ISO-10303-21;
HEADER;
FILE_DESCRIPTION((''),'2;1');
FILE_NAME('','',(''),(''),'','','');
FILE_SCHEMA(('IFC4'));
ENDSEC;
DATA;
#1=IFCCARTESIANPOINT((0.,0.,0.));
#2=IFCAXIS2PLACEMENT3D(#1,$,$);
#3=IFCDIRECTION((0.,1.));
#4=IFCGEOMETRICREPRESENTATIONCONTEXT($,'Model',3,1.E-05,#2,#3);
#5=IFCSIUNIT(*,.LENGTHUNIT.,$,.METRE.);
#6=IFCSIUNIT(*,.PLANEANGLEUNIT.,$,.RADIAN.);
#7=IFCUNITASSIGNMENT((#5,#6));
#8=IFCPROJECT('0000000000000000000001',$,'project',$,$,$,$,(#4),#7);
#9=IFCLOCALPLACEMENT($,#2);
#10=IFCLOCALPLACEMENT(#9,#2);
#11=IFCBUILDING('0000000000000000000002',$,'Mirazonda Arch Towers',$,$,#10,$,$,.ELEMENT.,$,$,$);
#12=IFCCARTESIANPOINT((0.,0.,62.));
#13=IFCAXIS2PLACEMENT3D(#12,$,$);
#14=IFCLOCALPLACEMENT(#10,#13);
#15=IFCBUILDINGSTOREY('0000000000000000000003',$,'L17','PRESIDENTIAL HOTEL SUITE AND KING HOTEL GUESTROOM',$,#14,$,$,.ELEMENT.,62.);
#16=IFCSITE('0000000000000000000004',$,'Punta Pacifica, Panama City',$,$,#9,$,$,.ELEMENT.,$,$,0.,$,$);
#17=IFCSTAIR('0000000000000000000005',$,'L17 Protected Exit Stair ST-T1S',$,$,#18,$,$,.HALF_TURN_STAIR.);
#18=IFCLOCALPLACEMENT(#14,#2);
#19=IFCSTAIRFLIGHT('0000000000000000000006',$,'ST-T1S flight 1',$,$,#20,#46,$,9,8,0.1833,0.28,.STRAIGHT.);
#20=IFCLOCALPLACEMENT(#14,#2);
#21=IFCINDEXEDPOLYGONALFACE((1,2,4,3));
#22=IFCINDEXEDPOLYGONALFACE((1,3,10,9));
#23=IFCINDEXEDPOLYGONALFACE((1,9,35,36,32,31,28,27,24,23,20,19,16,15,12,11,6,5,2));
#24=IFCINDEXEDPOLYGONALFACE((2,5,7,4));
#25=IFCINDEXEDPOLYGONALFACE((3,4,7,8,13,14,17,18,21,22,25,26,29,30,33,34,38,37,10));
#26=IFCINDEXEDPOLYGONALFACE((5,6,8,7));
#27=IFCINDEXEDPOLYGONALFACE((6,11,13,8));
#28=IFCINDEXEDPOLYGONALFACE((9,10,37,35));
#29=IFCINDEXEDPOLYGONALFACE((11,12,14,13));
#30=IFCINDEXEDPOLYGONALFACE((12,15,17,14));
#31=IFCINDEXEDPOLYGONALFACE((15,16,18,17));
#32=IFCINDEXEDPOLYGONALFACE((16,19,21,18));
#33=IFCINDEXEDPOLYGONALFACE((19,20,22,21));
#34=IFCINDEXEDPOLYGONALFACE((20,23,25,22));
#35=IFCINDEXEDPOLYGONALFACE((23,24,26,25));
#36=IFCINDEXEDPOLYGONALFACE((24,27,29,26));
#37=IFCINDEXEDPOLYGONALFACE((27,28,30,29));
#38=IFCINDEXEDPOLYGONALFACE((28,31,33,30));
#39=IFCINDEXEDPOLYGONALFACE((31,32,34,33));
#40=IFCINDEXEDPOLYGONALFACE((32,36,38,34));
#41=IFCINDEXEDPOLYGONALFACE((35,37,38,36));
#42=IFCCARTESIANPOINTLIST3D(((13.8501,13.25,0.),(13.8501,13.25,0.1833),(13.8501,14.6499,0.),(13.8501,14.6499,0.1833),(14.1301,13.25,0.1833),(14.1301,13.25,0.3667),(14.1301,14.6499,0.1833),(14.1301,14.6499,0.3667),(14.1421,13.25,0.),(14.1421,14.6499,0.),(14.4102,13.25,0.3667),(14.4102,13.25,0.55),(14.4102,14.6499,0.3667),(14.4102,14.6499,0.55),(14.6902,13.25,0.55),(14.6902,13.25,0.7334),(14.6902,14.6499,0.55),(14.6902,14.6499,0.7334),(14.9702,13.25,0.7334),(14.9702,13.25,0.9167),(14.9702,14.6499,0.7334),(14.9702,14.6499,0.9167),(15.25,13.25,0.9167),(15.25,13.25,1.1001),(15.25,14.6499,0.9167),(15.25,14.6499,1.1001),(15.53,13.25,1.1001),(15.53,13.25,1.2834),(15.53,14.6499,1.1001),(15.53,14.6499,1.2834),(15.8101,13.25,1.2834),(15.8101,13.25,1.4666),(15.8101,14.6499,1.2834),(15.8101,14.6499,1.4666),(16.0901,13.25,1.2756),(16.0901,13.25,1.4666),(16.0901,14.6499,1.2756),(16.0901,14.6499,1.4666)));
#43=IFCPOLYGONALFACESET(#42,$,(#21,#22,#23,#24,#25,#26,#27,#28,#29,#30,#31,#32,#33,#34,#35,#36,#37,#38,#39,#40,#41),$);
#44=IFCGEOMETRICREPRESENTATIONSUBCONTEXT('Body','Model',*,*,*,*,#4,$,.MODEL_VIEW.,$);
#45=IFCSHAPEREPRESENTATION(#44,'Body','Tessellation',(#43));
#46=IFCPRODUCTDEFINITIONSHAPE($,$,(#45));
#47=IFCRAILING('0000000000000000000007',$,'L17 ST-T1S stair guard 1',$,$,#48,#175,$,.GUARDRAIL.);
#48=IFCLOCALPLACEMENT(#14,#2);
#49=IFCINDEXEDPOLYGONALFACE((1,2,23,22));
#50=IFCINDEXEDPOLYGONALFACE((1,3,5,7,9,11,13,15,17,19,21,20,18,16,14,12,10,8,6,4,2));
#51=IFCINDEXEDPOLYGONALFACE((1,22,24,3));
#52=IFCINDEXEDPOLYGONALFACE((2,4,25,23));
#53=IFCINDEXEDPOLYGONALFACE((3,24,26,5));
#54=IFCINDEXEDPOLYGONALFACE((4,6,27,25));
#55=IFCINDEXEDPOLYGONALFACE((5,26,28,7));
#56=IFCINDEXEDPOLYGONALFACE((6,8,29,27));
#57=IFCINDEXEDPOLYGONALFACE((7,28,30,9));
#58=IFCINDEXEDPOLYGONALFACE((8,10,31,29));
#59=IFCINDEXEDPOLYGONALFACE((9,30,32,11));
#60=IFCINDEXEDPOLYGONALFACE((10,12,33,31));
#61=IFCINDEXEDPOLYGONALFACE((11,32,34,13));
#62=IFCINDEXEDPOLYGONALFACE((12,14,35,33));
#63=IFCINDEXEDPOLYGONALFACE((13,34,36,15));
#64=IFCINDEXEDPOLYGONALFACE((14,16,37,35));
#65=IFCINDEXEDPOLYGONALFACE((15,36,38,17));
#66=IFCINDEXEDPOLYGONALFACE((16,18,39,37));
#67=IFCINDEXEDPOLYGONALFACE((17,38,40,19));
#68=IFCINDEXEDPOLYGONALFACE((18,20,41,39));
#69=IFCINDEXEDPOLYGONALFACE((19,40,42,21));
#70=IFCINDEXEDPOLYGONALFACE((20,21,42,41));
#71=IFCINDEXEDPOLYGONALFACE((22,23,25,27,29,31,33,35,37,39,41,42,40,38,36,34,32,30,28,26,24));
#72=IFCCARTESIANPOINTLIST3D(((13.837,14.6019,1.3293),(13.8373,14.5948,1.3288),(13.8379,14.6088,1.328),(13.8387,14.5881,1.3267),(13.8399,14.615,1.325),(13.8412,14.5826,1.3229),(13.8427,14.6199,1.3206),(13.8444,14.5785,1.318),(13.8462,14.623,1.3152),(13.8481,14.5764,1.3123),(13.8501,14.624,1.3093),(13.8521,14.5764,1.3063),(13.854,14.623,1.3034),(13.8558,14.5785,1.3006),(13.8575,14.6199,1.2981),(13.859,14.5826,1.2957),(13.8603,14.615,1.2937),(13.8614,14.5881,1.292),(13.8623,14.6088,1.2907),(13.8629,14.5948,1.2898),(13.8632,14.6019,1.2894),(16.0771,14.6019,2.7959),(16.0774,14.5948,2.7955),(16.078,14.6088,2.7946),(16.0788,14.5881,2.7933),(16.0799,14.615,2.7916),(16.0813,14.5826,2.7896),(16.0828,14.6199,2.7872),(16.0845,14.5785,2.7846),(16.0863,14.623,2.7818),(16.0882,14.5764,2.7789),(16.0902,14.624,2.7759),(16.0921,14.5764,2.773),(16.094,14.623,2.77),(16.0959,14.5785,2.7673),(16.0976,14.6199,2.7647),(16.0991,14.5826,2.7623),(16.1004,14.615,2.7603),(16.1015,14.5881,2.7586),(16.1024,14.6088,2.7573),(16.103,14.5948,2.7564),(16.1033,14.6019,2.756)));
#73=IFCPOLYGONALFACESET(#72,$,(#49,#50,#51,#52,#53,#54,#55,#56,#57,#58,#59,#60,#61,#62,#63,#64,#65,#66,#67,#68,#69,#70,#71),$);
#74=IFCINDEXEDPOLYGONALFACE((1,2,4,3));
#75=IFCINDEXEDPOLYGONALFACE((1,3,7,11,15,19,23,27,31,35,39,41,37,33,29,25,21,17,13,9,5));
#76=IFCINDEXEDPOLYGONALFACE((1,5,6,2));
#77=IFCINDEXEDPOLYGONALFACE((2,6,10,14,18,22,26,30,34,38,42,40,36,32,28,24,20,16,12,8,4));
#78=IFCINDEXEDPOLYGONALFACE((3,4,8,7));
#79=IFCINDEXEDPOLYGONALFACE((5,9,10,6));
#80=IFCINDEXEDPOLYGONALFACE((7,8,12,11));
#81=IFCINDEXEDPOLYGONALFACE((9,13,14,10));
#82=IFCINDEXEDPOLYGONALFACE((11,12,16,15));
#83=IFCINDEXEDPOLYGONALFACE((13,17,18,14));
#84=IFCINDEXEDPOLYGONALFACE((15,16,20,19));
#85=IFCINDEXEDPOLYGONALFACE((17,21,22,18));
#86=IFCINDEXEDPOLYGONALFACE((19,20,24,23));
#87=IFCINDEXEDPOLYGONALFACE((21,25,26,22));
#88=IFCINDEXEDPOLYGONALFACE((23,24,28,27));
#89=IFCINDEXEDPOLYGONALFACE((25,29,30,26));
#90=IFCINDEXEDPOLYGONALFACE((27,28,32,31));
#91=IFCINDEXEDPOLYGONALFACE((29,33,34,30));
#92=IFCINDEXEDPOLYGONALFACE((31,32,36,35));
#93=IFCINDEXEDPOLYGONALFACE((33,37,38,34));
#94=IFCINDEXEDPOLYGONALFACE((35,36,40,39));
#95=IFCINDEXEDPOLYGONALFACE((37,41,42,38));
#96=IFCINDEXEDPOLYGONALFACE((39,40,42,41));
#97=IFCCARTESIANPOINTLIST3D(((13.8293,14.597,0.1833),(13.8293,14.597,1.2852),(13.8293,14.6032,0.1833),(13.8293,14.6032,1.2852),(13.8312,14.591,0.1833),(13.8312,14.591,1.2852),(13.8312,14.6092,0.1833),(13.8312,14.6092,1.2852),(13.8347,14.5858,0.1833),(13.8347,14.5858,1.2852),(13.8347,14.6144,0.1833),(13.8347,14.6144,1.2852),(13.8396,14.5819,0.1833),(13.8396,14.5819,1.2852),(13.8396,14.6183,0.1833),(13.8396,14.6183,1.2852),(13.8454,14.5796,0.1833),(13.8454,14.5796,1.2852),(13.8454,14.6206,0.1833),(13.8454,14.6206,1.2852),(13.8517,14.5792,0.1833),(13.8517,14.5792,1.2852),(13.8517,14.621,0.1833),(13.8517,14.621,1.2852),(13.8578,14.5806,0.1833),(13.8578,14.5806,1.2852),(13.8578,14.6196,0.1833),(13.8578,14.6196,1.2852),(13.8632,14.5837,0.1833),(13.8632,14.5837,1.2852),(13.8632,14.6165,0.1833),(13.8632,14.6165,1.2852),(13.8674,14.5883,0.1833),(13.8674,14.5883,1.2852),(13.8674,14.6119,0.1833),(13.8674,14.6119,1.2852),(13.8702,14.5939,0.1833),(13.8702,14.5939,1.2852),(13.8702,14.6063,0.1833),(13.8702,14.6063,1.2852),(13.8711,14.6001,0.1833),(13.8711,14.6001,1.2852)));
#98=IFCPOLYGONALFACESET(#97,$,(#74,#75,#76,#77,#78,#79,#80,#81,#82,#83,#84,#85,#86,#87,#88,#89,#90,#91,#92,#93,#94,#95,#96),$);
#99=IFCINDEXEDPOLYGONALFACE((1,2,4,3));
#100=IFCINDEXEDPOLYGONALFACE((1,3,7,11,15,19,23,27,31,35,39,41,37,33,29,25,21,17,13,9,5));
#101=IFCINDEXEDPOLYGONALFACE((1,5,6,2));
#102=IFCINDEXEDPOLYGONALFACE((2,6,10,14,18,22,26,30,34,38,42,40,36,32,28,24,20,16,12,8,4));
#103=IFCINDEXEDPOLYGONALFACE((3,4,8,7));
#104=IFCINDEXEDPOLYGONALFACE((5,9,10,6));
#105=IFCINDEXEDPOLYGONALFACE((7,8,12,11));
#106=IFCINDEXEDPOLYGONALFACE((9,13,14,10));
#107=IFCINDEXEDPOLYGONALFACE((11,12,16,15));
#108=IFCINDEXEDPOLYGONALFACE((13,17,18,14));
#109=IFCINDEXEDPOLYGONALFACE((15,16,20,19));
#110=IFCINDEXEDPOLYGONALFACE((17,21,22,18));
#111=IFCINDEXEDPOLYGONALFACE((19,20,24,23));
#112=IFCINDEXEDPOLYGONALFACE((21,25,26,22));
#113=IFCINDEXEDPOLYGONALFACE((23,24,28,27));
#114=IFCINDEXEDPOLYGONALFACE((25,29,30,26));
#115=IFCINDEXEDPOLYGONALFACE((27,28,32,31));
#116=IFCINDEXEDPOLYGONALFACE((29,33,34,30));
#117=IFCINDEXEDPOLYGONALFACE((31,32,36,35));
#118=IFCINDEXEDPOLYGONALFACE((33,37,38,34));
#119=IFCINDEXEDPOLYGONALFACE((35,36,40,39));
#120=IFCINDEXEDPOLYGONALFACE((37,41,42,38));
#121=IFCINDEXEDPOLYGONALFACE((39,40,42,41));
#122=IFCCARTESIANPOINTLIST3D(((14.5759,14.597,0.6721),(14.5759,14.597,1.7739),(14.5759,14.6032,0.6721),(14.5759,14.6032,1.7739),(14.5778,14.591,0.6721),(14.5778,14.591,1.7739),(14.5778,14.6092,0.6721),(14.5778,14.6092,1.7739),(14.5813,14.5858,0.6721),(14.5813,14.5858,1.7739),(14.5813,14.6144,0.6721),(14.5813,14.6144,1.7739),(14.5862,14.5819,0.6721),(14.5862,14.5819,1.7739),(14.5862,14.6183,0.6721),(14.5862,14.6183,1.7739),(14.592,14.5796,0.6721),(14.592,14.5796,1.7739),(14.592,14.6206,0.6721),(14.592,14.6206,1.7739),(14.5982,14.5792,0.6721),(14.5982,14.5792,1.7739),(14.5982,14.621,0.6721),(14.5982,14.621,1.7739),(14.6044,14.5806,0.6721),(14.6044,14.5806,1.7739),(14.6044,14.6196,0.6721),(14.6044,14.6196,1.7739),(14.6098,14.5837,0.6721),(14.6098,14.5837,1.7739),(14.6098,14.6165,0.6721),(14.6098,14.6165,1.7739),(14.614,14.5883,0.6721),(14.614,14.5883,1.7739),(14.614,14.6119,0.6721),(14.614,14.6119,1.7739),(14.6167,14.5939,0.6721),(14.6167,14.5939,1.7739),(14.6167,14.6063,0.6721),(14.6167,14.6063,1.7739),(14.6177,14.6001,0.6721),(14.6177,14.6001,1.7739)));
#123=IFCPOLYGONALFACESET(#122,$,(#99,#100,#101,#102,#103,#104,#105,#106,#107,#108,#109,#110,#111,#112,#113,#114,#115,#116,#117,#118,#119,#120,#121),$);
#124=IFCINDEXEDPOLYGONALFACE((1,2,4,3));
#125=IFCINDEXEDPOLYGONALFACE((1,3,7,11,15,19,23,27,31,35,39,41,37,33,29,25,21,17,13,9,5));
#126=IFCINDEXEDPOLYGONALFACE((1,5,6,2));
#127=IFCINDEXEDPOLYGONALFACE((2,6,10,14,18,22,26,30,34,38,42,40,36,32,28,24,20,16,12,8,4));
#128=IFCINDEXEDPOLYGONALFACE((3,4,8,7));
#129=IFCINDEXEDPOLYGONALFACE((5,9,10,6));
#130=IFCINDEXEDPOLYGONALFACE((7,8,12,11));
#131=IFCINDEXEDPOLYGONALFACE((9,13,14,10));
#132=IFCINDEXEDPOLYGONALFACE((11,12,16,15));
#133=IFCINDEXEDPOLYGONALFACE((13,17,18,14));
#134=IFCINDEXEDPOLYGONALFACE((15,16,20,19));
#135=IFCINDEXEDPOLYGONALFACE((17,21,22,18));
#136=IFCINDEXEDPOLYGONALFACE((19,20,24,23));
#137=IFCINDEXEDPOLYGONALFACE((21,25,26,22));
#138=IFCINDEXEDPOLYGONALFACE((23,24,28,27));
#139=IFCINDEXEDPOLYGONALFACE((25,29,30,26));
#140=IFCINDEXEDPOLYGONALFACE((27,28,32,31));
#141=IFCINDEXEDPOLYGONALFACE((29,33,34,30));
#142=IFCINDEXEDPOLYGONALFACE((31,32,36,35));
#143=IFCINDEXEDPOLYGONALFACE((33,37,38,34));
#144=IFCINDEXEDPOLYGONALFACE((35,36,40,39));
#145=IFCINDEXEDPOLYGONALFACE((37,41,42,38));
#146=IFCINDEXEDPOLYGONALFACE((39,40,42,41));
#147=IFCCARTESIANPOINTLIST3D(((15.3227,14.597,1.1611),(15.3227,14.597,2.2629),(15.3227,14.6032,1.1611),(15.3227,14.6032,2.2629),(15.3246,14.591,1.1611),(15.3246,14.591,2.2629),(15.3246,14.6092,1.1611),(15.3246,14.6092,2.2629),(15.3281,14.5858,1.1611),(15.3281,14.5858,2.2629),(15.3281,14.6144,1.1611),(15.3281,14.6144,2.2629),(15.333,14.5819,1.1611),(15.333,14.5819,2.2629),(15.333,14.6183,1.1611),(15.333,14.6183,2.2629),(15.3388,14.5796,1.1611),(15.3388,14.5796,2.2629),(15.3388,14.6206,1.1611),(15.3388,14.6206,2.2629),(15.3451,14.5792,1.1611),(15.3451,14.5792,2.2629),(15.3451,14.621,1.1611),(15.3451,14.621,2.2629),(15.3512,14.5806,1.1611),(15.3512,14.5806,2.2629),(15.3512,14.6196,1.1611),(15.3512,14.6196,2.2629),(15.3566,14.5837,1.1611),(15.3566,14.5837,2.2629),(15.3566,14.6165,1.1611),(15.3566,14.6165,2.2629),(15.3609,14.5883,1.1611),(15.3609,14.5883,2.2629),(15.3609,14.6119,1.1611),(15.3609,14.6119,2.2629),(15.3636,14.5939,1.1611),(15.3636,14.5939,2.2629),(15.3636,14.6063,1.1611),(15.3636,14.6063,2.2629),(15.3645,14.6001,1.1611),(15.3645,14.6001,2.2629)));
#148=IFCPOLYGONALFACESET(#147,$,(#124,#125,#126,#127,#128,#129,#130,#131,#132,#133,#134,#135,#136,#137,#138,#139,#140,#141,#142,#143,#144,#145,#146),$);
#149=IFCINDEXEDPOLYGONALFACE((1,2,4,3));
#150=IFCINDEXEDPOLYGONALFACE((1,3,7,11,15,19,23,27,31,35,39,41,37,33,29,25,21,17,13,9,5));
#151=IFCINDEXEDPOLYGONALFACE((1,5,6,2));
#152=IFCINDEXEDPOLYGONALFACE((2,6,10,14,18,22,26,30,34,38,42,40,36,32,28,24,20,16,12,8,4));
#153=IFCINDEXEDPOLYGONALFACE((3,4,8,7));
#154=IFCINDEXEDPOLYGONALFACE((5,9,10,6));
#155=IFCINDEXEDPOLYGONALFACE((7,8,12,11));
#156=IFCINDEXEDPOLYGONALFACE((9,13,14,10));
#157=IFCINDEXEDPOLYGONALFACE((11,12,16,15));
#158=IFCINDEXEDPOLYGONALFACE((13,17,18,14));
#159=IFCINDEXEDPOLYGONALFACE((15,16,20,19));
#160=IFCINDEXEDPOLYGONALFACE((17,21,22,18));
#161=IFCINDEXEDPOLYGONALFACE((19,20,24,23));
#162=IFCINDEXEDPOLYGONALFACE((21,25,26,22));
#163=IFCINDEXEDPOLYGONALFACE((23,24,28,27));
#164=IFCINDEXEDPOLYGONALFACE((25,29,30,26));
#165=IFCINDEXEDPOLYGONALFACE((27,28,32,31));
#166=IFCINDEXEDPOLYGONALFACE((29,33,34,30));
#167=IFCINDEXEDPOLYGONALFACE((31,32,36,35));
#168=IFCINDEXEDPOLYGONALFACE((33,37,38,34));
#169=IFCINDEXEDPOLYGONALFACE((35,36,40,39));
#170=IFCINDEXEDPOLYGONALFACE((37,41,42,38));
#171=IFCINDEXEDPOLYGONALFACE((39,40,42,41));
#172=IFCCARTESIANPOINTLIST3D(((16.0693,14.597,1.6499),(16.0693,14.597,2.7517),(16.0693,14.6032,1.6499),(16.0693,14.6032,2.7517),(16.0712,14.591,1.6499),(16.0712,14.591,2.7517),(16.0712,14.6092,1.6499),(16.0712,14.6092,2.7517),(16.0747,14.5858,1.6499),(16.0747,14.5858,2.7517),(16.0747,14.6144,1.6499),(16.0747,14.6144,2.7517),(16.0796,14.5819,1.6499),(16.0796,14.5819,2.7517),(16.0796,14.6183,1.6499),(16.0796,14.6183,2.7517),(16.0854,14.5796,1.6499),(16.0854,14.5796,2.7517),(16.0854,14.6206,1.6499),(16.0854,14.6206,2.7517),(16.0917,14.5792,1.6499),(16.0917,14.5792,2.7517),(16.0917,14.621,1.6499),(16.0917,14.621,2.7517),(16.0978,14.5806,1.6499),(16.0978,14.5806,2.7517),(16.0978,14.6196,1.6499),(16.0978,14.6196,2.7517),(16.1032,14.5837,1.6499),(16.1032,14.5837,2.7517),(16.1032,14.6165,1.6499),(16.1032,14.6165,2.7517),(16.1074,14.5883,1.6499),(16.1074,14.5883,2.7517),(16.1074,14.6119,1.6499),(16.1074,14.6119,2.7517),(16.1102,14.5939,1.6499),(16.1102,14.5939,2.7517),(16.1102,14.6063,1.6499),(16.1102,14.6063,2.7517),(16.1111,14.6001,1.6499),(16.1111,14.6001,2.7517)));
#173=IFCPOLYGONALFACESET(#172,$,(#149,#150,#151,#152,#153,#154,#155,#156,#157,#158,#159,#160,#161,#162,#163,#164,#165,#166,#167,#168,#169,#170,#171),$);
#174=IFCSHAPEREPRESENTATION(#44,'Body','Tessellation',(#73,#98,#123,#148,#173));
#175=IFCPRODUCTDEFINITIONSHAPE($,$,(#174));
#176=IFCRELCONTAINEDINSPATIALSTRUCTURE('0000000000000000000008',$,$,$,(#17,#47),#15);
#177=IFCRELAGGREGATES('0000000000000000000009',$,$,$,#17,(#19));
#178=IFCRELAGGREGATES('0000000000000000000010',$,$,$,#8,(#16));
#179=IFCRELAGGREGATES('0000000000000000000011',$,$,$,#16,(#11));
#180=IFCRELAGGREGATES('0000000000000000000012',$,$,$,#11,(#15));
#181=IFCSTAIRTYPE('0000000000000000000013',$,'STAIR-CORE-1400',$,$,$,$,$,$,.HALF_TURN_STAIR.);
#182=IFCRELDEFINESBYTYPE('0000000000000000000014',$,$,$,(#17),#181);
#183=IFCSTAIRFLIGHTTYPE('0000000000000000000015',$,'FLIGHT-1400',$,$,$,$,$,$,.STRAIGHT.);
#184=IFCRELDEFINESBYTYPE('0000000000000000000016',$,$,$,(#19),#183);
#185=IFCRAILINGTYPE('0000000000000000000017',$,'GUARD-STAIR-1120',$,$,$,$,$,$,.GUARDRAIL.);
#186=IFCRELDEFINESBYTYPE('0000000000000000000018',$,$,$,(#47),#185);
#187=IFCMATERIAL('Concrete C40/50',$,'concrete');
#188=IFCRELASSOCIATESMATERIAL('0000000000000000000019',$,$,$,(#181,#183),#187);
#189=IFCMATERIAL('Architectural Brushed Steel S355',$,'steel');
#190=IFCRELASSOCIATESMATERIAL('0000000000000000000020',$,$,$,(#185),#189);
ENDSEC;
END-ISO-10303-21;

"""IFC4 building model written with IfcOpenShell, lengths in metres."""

from ifc_helpers import new_model, si_unit, direction, frame, origin, origin_2d, place, context, subcontext, project, spatial, polyline, circle, outline, extrude, material, type_object, element, aggregate, save


model = new_model("IFC4")

# Units and contexts
model_context = context("Model", 3, precision=1e-05, world=origin(), true_north=direction((0.0, 1.0)))
body_context = subcontext(model_context, "Body", "Model", "MODEL_VIEW")
ifc_project = project(units=[si_unit("LENGTHUNIT", "METRE"), si_unit("PLANEANGLEUNIT", "RADIAN")], contexts=[model_context])

# Site, building, storey
site_placement = place(None, origin())
site = spatial("IfcSite", under=ifc_project, at=site_placement, Name="Punta Pacifica, Panama City", CompositionType="ELEMENT", RefElevation=0.0)
building_placement = place(site_placement, origin())
building = spatial("IfcBuilding", under=site, at=building_placement, Name="Mirazonda Arch Towers", CompositionType="ELEMENT")
storey_placement = place(building_placement, frame((0.0, 0.0, 62.0)))
storey = spatial("IfcBuildingStorey", under=building, at=storey_placement, Name="L17", Description="PRESIDENTIAL HOTEL SUITE AND KING HOTEL GUESTROOM", CompositionType="ELEMENT", Elevation=62.0)

# Stair
ifc_material_1 = material(Name="Concrete C40/50", Category="concrete")
stair_type = type_object("IfcStairType", Name="STAIR-CORE-1400", PredefinedType="HALF_TURN_STAIR", material=ifc_material_1)
stair_1_placement = place(storey_placement, origin())
stair_1 = element("IfcStair", 1, at=stair_1_placement, inside=storey, type_object=stair_type, Name="L17 Protected Exit Stair ST-T1S", PredefinedType="HALF_TURN_STAIR")

# Shared definitions
ifc_material_2 = material(Name="Architectural Brushed Steel S355", Category="steel")

# Stair flight
stair_flight_type = type_object("IfcStairFlightType", Name="FLIGHT-1400", PredefinedType="STRAIGHT", material=ifc_material_1)
stair_flight_placement = place(storey_placement, frame((13.8501, 13.95, 0.0), z_axis=(0.0, 0.0, 1.0), x_axis=(1.0, 0.0, 0.0)))
stair_flight = element("IfcStairFlight", 2, at=stair_flight_placement, type_object=stair_flight_type, Name="ST-T1S flight 1", NumberOfRisers=9, NumberOfTreads=8, PredefinedType="STRAIGHT", RiserHeight=0.1833, TreadLength=0.28, context=body_context, shape_type="SweptSolid", body=[
    extrude(outline(polyline([(0.0, 0.0), (0.0, 0.1833), (0.28, 0.1833), (0.28, 0.3667), (0.5601, 0.3667), (0.5601, 0.55), (0.8401, 0.55), (0.8401, 0.7334), (1.1201, 0.7334), (1.1201, 0.9167), (1.3999, 0.9167), (1.3999, 1.1001), (1.6799, 1.1001), (1.6799, 1.2834), (1.96, 1.2834), (1.96, 1.4666), (2.24, 1.4666), (2.24, 1.6499), (2.24, 1.2756), (0.292, 0.0), (0.0, 0.0)])), frame((0.0, 0.7, 0.0), z_axis=(0.0, -1.0, 0.0), x_axis=(1.0, 0.0, 0.0)), (0.0, 0.0, 1.0), 1.3999),
])
aggregate(stair_1, [stair_flight])

# Railing
railing_type_1 = type_object("IfcRailingType", Name="GUARD-STAIR-1120", PredefinedType="GUARDRAIL", material=ifc_material_2)
railing_1_placement = place(storey_placement, frame((13.8501, 14.6001, 0.1833)))
element("IfcRailing", 3, at=railing_1_placement, inside=storey, type_object=railing_type_1, Name="L17 ST-T1S stair guard 1", PredefinedType="GUARDRAIL", context=body_context, shape_type="SweptSolid", body=[
    extrude(circle(Radius=0.0239, at=origin_2d()), frame((0.0, 0.0, 1.126), z_axis=(0.836637, 0.0, 0.547758), x_axis=(0.0, 1.0, 0.0)), (0.0, 0.0, 1.0), 2.6775),
    extrude(circle(Radius=0.021, at=origin_2d()), origin(), (0.0, 0.0, 1.0), 1.1018),
    extrude(circle(Radius=0.021, at=origin_2d()), frame((0.7466, 0.0, 0.4888)), (0.0, 0.0, 1.0), 1.1018),
    extrude(circle(Radius=0.021, at=origin_2d()), frame((1.4934, 0.0, 0.9778)), (0.0, 0.0, 1.0), 1.1018),
    extrude(circle(Radius=0.021, at=origin_2d()), frame((2.24, 0.0, 1.4666)), (0.0, 0.0, 1.0), 1.1018),
])

save(model, "model.ifc")
